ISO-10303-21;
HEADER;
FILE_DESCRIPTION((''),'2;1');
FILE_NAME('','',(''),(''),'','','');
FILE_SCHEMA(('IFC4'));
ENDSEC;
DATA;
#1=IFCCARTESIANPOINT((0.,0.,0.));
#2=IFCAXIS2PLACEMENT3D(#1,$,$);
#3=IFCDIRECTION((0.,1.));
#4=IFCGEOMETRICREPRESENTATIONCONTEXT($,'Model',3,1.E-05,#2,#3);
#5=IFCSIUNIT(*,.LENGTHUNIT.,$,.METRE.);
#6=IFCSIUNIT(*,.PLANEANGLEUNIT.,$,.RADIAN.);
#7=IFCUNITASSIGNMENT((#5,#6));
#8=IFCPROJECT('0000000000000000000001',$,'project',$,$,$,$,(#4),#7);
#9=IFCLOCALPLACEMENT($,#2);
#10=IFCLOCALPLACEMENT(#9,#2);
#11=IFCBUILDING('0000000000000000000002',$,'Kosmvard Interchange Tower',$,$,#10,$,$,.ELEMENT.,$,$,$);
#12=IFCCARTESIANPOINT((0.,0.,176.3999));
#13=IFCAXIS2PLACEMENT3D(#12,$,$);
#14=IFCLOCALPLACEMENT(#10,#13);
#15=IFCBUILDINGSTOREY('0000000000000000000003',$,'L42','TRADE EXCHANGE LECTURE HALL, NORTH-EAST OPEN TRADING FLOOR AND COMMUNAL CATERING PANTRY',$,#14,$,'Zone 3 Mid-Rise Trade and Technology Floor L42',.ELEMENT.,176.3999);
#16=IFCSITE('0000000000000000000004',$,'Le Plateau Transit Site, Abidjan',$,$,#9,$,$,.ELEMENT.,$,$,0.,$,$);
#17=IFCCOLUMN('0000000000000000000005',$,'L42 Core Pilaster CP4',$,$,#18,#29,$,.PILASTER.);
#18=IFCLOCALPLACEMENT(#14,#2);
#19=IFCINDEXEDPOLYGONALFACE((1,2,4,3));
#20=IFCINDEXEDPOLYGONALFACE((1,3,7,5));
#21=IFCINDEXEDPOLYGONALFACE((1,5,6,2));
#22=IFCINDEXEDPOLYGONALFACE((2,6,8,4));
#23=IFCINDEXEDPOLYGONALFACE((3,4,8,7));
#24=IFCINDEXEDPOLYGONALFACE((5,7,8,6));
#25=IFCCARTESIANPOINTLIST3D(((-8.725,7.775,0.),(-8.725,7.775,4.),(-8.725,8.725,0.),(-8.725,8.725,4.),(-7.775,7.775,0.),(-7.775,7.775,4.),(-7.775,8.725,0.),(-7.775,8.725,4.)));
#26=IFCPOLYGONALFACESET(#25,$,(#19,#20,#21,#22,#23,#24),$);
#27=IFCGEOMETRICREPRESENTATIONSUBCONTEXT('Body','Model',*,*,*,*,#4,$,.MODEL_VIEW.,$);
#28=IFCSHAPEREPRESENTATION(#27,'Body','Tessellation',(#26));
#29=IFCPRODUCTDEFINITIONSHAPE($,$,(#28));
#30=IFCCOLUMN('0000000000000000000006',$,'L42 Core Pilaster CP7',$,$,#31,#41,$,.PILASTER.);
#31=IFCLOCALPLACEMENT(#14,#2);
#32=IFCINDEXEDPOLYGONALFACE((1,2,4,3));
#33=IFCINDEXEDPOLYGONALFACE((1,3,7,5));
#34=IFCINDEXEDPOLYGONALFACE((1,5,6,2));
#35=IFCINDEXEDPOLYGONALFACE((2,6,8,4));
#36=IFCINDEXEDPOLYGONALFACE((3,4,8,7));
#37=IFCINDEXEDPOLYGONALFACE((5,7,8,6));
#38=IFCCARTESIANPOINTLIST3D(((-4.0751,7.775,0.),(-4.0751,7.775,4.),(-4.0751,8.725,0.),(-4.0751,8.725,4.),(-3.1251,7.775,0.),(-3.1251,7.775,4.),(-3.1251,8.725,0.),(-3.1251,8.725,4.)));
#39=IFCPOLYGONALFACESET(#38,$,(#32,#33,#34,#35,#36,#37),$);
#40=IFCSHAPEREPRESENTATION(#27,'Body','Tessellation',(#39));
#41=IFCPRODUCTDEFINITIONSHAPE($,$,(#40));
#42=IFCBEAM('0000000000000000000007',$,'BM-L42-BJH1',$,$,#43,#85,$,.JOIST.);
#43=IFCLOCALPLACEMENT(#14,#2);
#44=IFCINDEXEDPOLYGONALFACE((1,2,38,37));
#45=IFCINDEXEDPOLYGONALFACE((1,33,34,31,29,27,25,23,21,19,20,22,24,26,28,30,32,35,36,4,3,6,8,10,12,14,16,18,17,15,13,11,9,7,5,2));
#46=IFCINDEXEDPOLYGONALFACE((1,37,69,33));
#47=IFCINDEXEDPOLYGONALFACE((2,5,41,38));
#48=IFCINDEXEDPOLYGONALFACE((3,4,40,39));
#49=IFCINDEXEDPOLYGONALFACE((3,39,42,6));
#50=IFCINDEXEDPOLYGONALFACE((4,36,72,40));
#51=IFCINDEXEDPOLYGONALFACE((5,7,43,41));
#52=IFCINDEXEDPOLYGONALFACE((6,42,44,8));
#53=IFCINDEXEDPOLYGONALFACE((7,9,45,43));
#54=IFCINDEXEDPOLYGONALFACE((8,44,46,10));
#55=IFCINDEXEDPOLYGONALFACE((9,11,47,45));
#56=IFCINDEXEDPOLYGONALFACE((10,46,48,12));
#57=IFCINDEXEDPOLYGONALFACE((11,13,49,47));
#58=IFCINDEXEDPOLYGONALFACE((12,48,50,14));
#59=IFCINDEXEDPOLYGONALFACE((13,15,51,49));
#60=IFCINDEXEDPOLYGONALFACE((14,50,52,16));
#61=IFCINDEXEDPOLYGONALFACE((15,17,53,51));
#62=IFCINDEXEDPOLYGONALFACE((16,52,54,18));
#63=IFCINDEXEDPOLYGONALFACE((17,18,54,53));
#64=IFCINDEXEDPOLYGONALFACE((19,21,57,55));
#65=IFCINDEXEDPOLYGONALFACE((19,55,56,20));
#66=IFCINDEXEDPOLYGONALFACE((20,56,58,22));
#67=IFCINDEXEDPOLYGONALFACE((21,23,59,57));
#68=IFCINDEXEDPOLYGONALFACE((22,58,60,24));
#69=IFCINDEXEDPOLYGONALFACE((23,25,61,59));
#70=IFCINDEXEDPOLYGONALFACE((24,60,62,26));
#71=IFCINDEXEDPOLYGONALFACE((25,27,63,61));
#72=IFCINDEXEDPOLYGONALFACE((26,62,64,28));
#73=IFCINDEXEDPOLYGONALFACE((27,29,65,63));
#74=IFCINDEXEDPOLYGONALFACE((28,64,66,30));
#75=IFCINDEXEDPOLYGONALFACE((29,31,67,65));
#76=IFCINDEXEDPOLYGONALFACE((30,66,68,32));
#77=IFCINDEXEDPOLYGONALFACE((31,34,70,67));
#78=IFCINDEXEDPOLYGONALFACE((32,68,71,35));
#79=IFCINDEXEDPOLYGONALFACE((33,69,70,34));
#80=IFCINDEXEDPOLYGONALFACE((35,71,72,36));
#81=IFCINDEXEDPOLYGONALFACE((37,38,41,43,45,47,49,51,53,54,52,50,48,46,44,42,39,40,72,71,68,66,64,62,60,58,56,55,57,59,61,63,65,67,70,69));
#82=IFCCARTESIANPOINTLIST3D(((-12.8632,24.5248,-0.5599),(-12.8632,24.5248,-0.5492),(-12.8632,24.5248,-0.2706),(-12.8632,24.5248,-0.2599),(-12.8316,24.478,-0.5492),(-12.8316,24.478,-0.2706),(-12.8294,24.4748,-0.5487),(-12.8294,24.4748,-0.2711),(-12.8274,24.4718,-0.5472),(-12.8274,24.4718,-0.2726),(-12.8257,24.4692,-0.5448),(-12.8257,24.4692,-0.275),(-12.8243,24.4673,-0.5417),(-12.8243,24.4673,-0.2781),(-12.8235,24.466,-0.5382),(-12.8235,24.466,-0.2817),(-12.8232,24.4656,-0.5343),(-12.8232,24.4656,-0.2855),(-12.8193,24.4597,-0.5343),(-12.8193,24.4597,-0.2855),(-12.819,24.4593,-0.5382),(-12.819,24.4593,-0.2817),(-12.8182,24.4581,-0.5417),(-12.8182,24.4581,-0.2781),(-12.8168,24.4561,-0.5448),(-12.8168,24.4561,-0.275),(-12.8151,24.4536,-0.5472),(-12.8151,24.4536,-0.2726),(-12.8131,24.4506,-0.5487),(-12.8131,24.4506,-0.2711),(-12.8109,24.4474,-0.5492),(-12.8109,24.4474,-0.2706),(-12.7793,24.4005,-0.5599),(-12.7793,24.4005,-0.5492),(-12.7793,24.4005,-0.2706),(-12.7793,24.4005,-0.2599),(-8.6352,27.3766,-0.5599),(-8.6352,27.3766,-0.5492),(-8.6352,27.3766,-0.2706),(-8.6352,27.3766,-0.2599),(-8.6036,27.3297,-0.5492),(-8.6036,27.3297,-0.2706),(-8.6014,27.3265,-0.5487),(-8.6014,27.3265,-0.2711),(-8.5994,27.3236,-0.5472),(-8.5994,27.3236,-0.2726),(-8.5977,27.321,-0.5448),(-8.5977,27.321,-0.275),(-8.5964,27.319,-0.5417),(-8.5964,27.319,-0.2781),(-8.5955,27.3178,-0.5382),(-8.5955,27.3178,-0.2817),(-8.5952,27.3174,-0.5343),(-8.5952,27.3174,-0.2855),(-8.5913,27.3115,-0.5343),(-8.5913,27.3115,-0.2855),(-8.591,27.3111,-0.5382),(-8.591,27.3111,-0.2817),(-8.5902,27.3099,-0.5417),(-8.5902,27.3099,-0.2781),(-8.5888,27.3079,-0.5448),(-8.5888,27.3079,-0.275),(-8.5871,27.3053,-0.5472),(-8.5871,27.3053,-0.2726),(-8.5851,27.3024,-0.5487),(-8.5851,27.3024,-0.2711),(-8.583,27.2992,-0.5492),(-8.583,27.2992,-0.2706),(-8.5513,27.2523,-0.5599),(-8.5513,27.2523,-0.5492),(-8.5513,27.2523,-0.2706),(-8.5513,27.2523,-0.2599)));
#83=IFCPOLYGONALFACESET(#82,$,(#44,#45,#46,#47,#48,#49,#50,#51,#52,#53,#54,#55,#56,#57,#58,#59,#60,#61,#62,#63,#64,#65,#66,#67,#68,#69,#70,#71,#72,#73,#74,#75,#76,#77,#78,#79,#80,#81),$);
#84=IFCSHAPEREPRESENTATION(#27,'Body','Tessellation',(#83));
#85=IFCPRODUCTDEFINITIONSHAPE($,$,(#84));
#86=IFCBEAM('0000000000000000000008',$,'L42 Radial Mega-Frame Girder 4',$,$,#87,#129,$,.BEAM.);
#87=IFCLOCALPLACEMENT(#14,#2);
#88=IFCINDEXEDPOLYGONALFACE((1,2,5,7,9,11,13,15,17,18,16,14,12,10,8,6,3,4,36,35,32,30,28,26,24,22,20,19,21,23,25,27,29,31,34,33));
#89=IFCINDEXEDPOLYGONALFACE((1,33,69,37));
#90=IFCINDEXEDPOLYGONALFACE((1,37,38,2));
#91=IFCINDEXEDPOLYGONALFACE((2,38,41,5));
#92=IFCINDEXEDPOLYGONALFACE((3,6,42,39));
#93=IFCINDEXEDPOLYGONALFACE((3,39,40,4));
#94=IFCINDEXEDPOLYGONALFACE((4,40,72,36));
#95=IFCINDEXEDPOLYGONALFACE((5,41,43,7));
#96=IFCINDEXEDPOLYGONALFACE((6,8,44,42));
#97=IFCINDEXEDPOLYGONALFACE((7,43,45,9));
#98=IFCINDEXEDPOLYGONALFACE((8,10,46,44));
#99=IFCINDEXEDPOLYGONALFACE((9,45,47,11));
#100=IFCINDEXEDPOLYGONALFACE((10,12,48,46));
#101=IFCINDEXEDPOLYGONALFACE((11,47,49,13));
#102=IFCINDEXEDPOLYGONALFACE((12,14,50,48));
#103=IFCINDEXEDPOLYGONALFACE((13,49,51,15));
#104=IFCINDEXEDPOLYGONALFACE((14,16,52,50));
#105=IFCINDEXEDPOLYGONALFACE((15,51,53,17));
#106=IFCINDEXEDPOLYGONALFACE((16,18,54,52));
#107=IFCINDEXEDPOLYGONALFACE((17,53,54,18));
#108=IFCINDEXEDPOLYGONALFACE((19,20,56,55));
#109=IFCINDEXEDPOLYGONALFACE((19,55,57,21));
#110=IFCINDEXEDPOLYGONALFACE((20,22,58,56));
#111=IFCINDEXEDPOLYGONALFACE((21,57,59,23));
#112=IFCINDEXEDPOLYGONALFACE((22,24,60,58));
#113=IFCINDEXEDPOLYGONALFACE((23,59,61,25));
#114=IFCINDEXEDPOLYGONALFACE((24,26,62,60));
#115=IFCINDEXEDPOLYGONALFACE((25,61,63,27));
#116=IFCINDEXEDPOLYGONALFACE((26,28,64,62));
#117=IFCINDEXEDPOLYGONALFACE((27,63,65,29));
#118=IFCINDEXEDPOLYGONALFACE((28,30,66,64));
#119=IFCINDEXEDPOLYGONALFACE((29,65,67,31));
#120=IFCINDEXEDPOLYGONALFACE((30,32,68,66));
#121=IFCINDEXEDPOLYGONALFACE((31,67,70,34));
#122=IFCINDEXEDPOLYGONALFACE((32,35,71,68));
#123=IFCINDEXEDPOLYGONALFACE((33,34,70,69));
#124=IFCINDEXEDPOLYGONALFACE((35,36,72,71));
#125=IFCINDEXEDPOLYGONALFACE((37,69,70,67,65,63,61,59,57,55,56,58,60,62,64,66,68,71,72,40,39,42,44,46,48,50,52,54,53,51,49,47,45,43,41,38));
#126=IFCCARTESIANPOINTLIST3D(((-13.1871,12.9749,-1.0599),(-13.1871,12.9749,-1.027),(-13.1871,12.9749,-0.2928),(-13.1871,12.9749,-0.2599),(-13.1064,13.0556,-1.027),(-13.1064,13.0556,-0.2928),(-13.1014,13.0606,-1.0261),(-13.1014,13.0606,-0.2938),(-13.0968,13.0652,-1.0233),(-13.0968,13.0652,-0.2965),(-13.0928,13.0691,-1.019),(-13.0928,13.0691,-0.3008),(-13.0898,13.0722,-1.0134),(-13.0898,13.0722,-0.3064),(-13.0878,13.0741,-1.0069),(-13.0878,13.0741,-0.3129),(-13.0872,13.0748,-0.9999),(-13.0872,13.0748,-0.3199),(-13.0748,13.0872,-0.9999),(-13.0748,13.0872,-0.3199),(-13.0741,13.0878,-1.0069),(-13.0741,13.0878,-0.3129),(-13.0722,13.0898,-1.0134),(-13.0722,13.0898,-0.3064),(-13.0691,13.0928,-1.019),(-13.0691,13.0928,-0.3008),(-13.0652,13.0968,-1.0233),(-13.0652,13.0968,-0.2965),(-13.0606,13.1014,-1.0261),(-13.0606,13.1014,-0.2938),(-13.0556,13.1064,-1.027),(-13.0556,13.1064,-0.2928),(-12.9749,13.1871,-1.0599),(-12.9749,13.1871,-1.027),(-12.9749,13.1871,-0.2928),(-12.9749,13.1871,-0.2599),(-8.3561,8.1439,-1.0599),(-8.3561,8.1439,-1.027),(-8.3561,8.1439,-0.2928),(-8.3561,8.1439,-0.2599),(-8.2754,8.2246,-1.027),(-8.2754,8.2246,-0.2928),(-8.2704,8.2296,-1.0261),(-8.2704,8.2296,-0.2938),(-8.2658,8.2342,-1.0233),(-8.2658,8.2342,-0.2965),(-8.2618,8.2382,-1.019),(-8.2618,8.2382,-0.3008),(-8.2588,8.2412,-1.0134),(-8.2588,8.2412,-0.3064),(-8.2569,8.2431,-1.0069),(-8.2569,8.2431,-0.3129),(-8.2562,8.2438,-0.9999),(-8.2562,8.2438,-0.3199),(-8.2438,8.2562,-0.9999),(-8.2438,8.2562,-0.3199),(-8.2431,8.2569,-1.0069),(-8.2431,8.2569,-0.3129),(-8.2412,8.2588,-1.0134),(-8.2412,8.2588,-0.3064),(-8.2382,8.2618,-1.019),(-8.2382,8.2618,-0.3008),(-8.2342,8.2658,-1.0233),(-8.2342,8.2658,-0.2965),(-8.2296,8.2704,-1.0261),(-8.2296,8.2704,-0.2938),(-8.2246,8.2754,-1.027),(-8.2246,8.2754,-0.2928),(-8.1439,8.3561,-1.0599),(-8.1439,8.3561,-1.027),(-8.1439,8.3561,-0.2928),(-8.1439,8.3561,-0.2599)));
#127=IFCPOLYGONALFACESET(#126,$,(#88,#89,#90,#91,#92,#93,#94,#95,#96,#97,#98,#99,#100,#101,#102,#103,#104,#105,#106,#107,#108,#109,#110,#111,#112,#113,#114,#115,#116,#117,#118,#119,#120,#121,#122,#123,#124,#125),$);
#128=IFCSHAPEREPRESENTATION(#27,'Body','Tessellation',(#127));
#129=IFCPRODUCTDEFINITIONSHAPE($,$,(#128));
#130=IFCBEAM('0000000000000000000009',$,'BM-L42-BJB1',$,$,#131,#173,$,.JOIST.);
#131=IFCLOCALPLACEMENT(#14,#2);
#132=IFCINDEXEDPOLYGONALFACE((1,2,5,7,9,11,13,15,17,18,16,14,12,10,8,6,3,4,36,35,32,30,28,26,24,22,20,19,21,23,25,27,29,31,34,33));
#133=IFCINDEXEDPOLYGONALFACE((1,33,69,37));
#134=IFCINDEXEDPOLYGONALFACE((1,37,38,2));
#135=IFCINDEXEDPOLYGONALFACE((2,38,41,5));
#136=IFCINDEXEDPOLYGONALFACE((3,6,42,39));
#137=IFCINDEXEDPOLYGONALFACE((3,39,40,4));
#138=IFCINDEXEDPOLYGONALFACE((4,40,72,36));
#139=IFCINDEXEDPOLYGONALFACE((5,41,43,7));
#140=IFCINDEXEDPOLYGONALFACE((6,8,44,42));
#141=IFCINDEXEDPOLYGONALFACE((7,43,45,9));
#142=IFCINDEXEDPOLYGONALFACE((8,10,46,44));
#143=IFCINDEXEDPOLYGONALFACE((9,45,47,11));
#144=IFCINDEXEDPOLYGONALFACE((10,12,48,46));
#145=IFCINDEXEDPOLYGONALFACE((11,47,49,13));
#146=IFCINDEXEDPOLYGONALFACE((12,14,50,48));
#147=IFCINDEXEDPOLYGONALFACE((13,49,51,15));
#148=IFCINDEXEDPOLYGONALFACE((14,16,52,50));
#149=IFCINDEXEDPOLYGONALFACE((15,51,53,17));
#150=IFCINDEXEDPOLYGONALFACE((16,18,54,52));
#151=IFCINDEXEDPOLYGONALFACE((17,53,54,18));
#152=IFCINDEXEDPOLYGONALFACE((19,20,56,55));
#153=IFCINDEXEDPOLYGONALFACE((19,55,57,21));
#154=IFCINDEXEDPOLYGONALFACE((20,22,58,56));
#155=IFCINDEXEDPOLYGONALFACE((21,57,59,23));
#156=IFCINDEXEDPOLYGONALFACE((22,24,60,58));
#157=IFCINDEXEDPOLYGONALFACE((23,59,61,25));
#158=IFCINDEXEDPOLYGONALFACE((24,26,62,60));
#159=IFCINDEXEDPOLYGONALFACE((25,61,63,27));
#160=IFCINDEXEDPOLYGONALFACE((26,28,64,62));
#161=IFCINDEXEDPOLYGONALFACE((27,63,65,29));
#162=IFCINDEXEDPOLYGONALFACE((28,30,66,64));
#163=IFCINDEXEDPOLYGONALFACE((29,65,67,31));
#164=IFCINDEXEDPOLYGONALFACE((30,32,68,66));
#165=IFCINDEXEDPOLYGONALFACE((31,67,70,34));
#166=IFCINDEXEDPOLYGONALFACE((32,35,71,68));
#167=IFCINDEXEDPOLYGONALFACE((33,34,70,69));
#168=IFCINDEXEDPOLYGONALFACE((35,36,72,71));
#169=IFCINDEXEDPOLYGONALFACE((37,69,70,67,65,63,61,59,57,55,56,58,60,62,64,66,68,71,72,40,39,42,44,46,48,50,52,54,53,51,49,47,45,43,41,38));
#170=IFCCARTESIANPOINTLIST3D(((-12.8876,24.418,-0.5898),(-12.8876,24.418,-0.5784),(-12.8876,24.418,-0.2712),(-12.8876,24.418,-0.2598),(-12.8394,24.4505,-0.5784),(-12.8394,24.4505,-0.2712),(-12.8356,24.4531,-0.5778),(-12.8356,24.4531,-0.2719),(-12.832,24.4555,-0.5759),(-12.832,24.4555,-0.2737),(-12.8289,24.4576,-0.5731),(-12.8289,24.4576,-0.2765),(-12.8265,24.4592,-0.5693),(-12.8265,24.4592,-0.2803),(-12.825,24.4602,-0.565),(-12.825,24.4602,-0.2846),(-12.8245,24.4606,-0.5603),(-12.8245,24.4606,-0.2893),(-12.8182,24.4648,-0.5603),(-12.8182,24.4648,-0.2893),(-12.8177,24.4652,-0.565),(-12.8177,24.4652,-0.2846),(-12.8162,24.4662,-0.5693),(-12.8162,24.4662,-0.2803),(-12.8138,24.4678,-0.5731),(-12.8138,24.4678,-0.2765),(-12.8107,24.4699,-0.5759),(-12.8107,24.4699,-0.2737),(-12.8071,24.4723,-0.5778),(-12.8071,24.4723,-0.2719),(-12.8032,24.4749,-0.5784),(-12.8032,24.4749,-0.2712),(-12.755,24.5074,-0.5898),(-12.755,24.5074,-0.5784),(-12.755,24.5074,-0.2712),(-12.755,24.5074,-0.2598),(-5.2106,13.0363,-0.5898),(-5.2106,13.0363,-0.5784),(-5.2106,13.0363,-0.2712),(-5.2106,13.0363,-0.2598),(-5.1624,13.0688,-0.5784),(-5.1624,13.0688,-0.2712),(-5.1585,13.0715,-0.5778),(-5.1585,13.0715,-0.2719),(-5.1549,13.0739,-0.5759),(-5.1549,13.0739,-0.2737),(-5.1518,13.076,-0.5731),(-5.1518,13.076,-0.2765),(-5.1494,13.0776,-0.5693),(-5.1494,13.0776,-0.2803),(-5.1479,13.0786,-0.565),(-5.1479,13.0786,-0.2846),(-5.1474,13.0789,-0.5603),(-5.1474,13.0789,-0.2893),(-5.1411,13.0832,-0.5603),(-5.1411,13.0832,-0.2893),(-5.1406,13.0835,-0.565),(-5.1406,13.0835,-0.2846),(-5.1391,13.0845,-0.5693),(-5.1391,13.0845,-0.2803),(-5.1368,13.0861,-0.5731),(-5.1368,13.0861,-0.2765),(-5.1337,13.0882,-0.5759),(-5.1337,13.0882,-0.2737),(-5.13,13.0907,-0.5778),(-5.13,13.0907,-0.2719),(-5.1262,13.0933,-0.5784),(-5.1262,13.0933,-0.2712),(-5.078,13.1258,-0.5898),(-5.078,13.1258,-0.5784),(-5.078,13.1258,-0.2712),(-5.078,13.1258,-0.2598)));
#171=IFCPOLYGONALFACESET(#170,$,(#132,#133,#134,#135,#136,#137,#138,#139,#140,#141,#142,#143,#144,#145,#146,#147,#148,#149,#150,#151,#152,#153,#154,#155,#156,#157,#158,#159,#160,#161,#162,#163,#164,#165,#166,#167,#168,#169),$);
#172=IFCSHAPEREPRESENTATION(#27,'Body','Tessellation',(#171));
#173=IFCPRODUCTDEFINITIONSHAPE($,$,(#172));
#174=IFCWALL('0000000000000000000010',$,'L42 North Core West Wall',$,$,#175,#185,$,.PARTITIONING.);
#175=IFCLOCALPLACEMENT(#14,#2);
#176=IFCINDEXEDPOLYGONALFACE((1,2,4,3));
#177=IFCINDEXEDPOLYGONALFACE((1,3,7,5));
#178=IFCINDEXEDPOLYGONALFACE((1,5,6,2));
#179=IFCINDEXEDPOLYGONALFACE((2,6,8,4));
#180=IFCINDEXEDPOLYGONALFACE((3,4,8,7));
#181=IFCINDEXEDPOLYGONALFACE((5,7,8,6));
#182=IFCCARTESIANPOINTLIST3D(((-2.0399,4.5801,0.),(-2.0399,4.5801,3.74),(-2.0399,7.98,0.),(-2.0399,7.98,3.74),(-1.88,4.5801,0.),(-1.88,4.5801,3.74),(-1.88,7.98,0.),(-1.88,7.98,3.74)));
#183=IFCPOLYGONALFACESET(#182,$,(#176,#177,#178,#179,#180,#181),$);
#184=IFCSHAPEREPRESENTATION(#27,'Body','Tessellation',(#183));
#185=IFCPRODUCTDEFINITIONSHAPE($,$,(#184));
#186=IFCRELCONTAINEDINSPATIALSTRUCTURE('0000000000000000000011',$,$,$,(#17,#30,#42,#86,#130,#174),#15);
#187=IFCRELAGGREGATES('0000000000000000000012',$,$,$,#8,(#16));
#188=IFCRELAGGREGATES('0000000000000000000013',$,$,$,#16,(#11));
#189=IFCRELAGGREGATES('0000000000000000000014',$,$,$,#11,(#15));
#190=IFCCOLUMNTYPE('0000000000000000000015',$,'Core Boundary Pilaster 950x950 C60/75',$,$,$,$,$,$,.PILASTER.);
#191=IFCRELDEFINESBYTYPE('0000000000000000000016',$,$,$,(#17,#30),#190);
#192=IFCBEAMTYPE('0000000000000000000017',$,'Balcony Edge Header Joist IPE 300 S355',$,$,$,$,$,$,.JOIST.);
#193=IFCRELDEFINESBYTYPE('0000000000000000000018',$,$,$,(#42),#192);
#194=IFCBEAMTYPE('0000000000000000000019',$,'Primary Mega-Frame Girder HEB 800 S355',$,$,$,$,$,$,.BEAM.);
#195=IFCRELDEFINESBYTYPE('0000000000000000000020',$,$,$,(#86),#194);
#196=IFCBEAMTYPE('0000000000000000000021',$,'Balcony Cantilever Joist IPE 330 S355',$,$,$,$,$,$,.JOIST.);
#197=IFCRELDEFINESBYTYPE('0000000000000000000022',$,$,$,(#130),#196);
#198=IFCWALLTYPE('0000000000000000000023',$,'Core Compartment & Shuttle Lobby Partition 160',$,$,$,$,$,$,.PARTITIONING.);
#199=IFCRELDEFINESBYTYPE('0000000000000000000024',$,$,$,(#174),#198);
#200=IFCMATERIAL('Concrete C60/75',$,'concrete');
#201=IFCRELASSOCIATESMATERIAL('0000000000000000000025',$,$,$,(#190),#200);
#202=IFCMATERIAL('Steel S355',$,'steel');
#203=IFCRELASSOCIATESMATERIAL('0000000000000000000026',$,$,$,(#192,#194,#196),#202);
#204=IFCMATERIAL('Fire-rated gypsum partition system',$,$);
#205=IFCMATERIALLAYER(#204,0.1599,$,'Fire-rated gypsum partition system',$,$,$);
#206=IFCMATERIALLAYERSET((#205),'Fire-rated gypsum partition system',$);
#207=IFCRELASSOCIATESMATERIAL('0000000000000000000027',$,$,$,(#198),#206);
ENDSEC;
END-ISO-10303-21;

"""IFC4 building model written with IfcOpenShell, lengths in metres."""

from ifc_helpers import new_model, si_unit, direction, frame, frame_2d, origin, origin_2d, place, context, subcontext, project, spatial, rectangle, i_section, extrude, source, transform, mapped, material, layer, layer_set, material_profile, profile_set, type_object, element, save


model = new_model("IFC4")

# Units and contexts
model_context = context("Model", 3, precision=1e-05, world=origin(), true_north=direction((0.0, 1.0)))
body_context = subcontext(model_context, "Body", "Model", "MODEL_VIEW")
ifc_project = project(units=[si_unit("LENGTHUNIT", "METRE"), si_unit("PLANEANGLEUNIT", "RADIAN")], contexts=[model_context])

# Site, building, storey
site_placement = place(None, origin())
site = spatial("IfcSite", under=ifc_project, at=site_placement, Name="Le Plateau Transit Site, Abidjan", CompositionType="ELEMENT", RefElevation=0.0)
building_placement = place(site_placement, origin())
building = spatial("IfcBuilding", under=site, at=building_placement, Name="Kosmvard Interchange Tower", CompositionType="ELEMENT")
storey_placement = place(building_placement, frame((0.0, 0.0, 176.3999)))
storey = spatial("IfcBuildingStorey", under=building, at=storey_placement, Name="L42", Description="TRADE EXCHANGE LECTURE HALL, NORTH-EAST OPEN TRADING FLOOR AND COMMUNAL CATERING PANTRY", LongName="Zone 3 Mid-Rise Trade and Technology Floor L42", CompositionType="ELEMENT", Elevation=176.3999)

# Columns
ifc_material_1 = material(Name="Concrete C60/75", Category="concrete")
ifc_material_profile_1 = material_profile(ifc_material_1, rectangle(XDim=0.95, YDim=0.95, at=origin_2d()), Name="CP 950x950")
ifc_profile_set_1 = profile_set([ifc_material_profile_1], Name="Concrete C60/75")
column_type = type_object("IfcColumnType", Name="Core Boundary Pilaster 950x950 C60/75", PredefinedType="PILASTER", material=ifc_profile_set_1)
shared_shape_1 = source(origin(), body_context, "Body", "SweptSolid", [
    extrude(rectangle(XDim=0.95, YDim=0.95, at=origin_2d()), origin(), (0.0, 0.0, 1.0), 4.0),
])
for number, where, z_axis, x_axis, name in (
    (1, (-8.25, 8.25, 0.0), (0.0, 0.0, 1.0), (1.0, 0.0, 0.0), "L42 Core Pilaster CP4"),
    (2, (-3.6001, 8.25, 0.0), (0.0, 0.0, 1.0), (1.0, 0.0, 0.0), "L42 Core Pilaster CP7"),
):
    element("IfcColumn", number, at=place(storey_placement, frame(where, z_axis=z_axis, x_axis=x_axis)), inside=storey, type_object=column_type, Name=name, PredefinedType="PILASTER", context=body_context, shape_type="MappedRepresentation", body=[
        mapped(shared_shape_1, transform((0.0, 0.0, 0.0), scale=1.0)),
    ])

# Beams
ifc_material_2 = material(Name="Steel S355", Category="steel")
ifc_material_profile_2 = material_profile(ifc_material_2, i_section(OverallWidth=0.1499, OverallDepth=0.3, WebThickness=0.0071, FlangeThickness=0.0107, FilletRadius=0.0149, at=origin_2d()), Name="IPE 300")
ifc_profile_set_2 = profile_set([ifc_material_profile_2], Name="Steel S355")
beam_type_1 = type_object("IfcBeamType", Name="Balcony Edge Header Joist IPE 300 S355", PredefinedType="JOIST", material=ifc_profile_set_2)
shared_shape_2 = source(origin(), body_context, "Body", "SweptSolid", [
    extrude(i_section(OverallWidth=0.1499, OverallDepth=0.3, WebThickness=0.0071, FlangeThickness=0.0107, FilletRadius=0.0149, at=origin_2d()), origin(), (0.0, 0.0, 1.0), 5.0999),
])
beam_1_placement = place(storey_placement, frame((-8.5933, 27.3145, -0.4099), z_axis=(-0.829041, -0.559188, 0.0), x_axis=(0.559188, -0.829041, 0.0)))
element("IfcBeam", 3, at=beam_1_placement, inside=storey, type_object=beam_type_1, Name="BM-L42-BJH1", PredefinedType="JOIST", context=body_context, shape_type="MappedRepresentation", body=[
    mapped(shared_shape_2, transform((0.0, 0.0, 0.0), scale=1.0)),
])
ifc_material_profile_3 = material_profile(ifc_material_2, i_section(OverallWidth=0.3, OverallDepth=0.8, WebThickness=0.0176, FlangeThickness=0.033, FilletRadius=0.0271, at=origin_2d()), Name="HEB 800")
ifc_profile_set_3 = profile_set([ifc_material_profile_3], Name="Steel S355")
beam_type_2 = type_object("IfcBeamType", Name="Primary Mega-Frame Girder HEB 800 S355", PredefinedType="BEAM", material=ifc_profile_set_3)
shared_shape_3 = source(origin(), body_context, "Body", "SweptSolid", [
    extrude(i_section(OverallWidth=0.3, OverallDepth=0.8, WebThickness=0.0176, FlangeThickness=0.033, FilletRadius=0.0271, at=origin_2d()), origin(), (0.0, 0.0, 1.0), 6.832),
])
beam_2_placement = place(storey_placement, frame((-8.25, 8.25, -0.6599), z_axis=(-0.707107, 0.707107, 0.0), x_axis=(-0.707107, -0.707107, 0.0)))
element("IfcBeam", 4, at=beam_2_placement, inside=storey, type_object=beam_type_2, Name="L42 Radial Mega-Frame Girder 4", PredefinedType="BEAM", context=body_context, shape_type="MappedRepresentation", body=[
    mapped(shared_shape_3, transform((0.0, 0.0, 0.0), scale=1.0)),
])
ifc_material_profile_4 = material_profile(ifc_material_2, i_section(OverallWidth=0.1599, OverallDepth=0.3301, WebThickness=0.0076, FlangeThickness=0.0115, FilletRadius=0.0181, at=origin_2d()), Name="IPE 330")
ifc_profile_set_4 = profile_set([ifc_material_profile_4], Name="Steel S355")
beam_type_3 = type_object("IfcBeamType", Name="Balcony Cantilever Joist IPE 330 S355", PredefinedType="JOIST", material=ifc_profile_set_4)
shared_shape_4 = source(origin(), body_context, "Body", "SweptSolid", [
    extrude(i_section(OverallWidth=0.1599, OverallDepth=0.3301, WebThickness=0.0076, FlangeThickness=0.0115, FilletRadius=0.0181, at=origin_2d()), origin(), (0.0, 0.0, 1.0), 13.7288),
])
beam_3_placement = place(storey_placement, frame((-5.1443, 13.0811, -0.4248), z_axis=(-0.559194, 0.829037, 0.0), x_axis=(-0.829037, -0.559194, 0.0)))
element("IfcBeam", 5, at=beam_3_placement, inside=storey, type_object=beam_type_3, Name="BM-L42-BJB1", PredefinedType="JOIST", context=body_context, shape_type="MappedRepresentation", body=[
    mapped(shared_shape_4, transform((0.0, 0.0, 0.0), scale=1.0)),
])

# Wall
ifc_material_3 = material(Name="Fire-rated gypsum partition system")
ifc_layer_1 = layer(ifc_material_3, 0.1599, Name="Fire-rated gypsum partition system")
ifc_layer_set_1 = layer_set([ifc_layer_1], Name="Fire-rated gypsum partition system")
wall_type_1 = type_object("IfcWallType", Name="Core Compartment & Shuttle Lobby Partition 160", PredefinedType="PARTITIONING", material=ifc_layer_set_1)
wall_1_placement = place(storey_placement, frame((-1.96, 4.5801, 0.0), z_axis=(0.0, 0.0, 1.0), x_axis=(0.0, 1.0, 0.0)))
element("IfcWall", 6, at=wall_1_placement, inside=storey, type_object=wall_type_1, Name="L42 North Core West Wall", PredefinedType="PARTITIONING", context=body_context, shape_type="SweptSolid", body=[
    extrude(rectangle(XDim=3.3999, YDim=0.1599, at=frame_2d((1.7, 0.0))), origin(), (0.0, 0.0, 1.0), 3.74),
])

save(model, "model.ifc")
